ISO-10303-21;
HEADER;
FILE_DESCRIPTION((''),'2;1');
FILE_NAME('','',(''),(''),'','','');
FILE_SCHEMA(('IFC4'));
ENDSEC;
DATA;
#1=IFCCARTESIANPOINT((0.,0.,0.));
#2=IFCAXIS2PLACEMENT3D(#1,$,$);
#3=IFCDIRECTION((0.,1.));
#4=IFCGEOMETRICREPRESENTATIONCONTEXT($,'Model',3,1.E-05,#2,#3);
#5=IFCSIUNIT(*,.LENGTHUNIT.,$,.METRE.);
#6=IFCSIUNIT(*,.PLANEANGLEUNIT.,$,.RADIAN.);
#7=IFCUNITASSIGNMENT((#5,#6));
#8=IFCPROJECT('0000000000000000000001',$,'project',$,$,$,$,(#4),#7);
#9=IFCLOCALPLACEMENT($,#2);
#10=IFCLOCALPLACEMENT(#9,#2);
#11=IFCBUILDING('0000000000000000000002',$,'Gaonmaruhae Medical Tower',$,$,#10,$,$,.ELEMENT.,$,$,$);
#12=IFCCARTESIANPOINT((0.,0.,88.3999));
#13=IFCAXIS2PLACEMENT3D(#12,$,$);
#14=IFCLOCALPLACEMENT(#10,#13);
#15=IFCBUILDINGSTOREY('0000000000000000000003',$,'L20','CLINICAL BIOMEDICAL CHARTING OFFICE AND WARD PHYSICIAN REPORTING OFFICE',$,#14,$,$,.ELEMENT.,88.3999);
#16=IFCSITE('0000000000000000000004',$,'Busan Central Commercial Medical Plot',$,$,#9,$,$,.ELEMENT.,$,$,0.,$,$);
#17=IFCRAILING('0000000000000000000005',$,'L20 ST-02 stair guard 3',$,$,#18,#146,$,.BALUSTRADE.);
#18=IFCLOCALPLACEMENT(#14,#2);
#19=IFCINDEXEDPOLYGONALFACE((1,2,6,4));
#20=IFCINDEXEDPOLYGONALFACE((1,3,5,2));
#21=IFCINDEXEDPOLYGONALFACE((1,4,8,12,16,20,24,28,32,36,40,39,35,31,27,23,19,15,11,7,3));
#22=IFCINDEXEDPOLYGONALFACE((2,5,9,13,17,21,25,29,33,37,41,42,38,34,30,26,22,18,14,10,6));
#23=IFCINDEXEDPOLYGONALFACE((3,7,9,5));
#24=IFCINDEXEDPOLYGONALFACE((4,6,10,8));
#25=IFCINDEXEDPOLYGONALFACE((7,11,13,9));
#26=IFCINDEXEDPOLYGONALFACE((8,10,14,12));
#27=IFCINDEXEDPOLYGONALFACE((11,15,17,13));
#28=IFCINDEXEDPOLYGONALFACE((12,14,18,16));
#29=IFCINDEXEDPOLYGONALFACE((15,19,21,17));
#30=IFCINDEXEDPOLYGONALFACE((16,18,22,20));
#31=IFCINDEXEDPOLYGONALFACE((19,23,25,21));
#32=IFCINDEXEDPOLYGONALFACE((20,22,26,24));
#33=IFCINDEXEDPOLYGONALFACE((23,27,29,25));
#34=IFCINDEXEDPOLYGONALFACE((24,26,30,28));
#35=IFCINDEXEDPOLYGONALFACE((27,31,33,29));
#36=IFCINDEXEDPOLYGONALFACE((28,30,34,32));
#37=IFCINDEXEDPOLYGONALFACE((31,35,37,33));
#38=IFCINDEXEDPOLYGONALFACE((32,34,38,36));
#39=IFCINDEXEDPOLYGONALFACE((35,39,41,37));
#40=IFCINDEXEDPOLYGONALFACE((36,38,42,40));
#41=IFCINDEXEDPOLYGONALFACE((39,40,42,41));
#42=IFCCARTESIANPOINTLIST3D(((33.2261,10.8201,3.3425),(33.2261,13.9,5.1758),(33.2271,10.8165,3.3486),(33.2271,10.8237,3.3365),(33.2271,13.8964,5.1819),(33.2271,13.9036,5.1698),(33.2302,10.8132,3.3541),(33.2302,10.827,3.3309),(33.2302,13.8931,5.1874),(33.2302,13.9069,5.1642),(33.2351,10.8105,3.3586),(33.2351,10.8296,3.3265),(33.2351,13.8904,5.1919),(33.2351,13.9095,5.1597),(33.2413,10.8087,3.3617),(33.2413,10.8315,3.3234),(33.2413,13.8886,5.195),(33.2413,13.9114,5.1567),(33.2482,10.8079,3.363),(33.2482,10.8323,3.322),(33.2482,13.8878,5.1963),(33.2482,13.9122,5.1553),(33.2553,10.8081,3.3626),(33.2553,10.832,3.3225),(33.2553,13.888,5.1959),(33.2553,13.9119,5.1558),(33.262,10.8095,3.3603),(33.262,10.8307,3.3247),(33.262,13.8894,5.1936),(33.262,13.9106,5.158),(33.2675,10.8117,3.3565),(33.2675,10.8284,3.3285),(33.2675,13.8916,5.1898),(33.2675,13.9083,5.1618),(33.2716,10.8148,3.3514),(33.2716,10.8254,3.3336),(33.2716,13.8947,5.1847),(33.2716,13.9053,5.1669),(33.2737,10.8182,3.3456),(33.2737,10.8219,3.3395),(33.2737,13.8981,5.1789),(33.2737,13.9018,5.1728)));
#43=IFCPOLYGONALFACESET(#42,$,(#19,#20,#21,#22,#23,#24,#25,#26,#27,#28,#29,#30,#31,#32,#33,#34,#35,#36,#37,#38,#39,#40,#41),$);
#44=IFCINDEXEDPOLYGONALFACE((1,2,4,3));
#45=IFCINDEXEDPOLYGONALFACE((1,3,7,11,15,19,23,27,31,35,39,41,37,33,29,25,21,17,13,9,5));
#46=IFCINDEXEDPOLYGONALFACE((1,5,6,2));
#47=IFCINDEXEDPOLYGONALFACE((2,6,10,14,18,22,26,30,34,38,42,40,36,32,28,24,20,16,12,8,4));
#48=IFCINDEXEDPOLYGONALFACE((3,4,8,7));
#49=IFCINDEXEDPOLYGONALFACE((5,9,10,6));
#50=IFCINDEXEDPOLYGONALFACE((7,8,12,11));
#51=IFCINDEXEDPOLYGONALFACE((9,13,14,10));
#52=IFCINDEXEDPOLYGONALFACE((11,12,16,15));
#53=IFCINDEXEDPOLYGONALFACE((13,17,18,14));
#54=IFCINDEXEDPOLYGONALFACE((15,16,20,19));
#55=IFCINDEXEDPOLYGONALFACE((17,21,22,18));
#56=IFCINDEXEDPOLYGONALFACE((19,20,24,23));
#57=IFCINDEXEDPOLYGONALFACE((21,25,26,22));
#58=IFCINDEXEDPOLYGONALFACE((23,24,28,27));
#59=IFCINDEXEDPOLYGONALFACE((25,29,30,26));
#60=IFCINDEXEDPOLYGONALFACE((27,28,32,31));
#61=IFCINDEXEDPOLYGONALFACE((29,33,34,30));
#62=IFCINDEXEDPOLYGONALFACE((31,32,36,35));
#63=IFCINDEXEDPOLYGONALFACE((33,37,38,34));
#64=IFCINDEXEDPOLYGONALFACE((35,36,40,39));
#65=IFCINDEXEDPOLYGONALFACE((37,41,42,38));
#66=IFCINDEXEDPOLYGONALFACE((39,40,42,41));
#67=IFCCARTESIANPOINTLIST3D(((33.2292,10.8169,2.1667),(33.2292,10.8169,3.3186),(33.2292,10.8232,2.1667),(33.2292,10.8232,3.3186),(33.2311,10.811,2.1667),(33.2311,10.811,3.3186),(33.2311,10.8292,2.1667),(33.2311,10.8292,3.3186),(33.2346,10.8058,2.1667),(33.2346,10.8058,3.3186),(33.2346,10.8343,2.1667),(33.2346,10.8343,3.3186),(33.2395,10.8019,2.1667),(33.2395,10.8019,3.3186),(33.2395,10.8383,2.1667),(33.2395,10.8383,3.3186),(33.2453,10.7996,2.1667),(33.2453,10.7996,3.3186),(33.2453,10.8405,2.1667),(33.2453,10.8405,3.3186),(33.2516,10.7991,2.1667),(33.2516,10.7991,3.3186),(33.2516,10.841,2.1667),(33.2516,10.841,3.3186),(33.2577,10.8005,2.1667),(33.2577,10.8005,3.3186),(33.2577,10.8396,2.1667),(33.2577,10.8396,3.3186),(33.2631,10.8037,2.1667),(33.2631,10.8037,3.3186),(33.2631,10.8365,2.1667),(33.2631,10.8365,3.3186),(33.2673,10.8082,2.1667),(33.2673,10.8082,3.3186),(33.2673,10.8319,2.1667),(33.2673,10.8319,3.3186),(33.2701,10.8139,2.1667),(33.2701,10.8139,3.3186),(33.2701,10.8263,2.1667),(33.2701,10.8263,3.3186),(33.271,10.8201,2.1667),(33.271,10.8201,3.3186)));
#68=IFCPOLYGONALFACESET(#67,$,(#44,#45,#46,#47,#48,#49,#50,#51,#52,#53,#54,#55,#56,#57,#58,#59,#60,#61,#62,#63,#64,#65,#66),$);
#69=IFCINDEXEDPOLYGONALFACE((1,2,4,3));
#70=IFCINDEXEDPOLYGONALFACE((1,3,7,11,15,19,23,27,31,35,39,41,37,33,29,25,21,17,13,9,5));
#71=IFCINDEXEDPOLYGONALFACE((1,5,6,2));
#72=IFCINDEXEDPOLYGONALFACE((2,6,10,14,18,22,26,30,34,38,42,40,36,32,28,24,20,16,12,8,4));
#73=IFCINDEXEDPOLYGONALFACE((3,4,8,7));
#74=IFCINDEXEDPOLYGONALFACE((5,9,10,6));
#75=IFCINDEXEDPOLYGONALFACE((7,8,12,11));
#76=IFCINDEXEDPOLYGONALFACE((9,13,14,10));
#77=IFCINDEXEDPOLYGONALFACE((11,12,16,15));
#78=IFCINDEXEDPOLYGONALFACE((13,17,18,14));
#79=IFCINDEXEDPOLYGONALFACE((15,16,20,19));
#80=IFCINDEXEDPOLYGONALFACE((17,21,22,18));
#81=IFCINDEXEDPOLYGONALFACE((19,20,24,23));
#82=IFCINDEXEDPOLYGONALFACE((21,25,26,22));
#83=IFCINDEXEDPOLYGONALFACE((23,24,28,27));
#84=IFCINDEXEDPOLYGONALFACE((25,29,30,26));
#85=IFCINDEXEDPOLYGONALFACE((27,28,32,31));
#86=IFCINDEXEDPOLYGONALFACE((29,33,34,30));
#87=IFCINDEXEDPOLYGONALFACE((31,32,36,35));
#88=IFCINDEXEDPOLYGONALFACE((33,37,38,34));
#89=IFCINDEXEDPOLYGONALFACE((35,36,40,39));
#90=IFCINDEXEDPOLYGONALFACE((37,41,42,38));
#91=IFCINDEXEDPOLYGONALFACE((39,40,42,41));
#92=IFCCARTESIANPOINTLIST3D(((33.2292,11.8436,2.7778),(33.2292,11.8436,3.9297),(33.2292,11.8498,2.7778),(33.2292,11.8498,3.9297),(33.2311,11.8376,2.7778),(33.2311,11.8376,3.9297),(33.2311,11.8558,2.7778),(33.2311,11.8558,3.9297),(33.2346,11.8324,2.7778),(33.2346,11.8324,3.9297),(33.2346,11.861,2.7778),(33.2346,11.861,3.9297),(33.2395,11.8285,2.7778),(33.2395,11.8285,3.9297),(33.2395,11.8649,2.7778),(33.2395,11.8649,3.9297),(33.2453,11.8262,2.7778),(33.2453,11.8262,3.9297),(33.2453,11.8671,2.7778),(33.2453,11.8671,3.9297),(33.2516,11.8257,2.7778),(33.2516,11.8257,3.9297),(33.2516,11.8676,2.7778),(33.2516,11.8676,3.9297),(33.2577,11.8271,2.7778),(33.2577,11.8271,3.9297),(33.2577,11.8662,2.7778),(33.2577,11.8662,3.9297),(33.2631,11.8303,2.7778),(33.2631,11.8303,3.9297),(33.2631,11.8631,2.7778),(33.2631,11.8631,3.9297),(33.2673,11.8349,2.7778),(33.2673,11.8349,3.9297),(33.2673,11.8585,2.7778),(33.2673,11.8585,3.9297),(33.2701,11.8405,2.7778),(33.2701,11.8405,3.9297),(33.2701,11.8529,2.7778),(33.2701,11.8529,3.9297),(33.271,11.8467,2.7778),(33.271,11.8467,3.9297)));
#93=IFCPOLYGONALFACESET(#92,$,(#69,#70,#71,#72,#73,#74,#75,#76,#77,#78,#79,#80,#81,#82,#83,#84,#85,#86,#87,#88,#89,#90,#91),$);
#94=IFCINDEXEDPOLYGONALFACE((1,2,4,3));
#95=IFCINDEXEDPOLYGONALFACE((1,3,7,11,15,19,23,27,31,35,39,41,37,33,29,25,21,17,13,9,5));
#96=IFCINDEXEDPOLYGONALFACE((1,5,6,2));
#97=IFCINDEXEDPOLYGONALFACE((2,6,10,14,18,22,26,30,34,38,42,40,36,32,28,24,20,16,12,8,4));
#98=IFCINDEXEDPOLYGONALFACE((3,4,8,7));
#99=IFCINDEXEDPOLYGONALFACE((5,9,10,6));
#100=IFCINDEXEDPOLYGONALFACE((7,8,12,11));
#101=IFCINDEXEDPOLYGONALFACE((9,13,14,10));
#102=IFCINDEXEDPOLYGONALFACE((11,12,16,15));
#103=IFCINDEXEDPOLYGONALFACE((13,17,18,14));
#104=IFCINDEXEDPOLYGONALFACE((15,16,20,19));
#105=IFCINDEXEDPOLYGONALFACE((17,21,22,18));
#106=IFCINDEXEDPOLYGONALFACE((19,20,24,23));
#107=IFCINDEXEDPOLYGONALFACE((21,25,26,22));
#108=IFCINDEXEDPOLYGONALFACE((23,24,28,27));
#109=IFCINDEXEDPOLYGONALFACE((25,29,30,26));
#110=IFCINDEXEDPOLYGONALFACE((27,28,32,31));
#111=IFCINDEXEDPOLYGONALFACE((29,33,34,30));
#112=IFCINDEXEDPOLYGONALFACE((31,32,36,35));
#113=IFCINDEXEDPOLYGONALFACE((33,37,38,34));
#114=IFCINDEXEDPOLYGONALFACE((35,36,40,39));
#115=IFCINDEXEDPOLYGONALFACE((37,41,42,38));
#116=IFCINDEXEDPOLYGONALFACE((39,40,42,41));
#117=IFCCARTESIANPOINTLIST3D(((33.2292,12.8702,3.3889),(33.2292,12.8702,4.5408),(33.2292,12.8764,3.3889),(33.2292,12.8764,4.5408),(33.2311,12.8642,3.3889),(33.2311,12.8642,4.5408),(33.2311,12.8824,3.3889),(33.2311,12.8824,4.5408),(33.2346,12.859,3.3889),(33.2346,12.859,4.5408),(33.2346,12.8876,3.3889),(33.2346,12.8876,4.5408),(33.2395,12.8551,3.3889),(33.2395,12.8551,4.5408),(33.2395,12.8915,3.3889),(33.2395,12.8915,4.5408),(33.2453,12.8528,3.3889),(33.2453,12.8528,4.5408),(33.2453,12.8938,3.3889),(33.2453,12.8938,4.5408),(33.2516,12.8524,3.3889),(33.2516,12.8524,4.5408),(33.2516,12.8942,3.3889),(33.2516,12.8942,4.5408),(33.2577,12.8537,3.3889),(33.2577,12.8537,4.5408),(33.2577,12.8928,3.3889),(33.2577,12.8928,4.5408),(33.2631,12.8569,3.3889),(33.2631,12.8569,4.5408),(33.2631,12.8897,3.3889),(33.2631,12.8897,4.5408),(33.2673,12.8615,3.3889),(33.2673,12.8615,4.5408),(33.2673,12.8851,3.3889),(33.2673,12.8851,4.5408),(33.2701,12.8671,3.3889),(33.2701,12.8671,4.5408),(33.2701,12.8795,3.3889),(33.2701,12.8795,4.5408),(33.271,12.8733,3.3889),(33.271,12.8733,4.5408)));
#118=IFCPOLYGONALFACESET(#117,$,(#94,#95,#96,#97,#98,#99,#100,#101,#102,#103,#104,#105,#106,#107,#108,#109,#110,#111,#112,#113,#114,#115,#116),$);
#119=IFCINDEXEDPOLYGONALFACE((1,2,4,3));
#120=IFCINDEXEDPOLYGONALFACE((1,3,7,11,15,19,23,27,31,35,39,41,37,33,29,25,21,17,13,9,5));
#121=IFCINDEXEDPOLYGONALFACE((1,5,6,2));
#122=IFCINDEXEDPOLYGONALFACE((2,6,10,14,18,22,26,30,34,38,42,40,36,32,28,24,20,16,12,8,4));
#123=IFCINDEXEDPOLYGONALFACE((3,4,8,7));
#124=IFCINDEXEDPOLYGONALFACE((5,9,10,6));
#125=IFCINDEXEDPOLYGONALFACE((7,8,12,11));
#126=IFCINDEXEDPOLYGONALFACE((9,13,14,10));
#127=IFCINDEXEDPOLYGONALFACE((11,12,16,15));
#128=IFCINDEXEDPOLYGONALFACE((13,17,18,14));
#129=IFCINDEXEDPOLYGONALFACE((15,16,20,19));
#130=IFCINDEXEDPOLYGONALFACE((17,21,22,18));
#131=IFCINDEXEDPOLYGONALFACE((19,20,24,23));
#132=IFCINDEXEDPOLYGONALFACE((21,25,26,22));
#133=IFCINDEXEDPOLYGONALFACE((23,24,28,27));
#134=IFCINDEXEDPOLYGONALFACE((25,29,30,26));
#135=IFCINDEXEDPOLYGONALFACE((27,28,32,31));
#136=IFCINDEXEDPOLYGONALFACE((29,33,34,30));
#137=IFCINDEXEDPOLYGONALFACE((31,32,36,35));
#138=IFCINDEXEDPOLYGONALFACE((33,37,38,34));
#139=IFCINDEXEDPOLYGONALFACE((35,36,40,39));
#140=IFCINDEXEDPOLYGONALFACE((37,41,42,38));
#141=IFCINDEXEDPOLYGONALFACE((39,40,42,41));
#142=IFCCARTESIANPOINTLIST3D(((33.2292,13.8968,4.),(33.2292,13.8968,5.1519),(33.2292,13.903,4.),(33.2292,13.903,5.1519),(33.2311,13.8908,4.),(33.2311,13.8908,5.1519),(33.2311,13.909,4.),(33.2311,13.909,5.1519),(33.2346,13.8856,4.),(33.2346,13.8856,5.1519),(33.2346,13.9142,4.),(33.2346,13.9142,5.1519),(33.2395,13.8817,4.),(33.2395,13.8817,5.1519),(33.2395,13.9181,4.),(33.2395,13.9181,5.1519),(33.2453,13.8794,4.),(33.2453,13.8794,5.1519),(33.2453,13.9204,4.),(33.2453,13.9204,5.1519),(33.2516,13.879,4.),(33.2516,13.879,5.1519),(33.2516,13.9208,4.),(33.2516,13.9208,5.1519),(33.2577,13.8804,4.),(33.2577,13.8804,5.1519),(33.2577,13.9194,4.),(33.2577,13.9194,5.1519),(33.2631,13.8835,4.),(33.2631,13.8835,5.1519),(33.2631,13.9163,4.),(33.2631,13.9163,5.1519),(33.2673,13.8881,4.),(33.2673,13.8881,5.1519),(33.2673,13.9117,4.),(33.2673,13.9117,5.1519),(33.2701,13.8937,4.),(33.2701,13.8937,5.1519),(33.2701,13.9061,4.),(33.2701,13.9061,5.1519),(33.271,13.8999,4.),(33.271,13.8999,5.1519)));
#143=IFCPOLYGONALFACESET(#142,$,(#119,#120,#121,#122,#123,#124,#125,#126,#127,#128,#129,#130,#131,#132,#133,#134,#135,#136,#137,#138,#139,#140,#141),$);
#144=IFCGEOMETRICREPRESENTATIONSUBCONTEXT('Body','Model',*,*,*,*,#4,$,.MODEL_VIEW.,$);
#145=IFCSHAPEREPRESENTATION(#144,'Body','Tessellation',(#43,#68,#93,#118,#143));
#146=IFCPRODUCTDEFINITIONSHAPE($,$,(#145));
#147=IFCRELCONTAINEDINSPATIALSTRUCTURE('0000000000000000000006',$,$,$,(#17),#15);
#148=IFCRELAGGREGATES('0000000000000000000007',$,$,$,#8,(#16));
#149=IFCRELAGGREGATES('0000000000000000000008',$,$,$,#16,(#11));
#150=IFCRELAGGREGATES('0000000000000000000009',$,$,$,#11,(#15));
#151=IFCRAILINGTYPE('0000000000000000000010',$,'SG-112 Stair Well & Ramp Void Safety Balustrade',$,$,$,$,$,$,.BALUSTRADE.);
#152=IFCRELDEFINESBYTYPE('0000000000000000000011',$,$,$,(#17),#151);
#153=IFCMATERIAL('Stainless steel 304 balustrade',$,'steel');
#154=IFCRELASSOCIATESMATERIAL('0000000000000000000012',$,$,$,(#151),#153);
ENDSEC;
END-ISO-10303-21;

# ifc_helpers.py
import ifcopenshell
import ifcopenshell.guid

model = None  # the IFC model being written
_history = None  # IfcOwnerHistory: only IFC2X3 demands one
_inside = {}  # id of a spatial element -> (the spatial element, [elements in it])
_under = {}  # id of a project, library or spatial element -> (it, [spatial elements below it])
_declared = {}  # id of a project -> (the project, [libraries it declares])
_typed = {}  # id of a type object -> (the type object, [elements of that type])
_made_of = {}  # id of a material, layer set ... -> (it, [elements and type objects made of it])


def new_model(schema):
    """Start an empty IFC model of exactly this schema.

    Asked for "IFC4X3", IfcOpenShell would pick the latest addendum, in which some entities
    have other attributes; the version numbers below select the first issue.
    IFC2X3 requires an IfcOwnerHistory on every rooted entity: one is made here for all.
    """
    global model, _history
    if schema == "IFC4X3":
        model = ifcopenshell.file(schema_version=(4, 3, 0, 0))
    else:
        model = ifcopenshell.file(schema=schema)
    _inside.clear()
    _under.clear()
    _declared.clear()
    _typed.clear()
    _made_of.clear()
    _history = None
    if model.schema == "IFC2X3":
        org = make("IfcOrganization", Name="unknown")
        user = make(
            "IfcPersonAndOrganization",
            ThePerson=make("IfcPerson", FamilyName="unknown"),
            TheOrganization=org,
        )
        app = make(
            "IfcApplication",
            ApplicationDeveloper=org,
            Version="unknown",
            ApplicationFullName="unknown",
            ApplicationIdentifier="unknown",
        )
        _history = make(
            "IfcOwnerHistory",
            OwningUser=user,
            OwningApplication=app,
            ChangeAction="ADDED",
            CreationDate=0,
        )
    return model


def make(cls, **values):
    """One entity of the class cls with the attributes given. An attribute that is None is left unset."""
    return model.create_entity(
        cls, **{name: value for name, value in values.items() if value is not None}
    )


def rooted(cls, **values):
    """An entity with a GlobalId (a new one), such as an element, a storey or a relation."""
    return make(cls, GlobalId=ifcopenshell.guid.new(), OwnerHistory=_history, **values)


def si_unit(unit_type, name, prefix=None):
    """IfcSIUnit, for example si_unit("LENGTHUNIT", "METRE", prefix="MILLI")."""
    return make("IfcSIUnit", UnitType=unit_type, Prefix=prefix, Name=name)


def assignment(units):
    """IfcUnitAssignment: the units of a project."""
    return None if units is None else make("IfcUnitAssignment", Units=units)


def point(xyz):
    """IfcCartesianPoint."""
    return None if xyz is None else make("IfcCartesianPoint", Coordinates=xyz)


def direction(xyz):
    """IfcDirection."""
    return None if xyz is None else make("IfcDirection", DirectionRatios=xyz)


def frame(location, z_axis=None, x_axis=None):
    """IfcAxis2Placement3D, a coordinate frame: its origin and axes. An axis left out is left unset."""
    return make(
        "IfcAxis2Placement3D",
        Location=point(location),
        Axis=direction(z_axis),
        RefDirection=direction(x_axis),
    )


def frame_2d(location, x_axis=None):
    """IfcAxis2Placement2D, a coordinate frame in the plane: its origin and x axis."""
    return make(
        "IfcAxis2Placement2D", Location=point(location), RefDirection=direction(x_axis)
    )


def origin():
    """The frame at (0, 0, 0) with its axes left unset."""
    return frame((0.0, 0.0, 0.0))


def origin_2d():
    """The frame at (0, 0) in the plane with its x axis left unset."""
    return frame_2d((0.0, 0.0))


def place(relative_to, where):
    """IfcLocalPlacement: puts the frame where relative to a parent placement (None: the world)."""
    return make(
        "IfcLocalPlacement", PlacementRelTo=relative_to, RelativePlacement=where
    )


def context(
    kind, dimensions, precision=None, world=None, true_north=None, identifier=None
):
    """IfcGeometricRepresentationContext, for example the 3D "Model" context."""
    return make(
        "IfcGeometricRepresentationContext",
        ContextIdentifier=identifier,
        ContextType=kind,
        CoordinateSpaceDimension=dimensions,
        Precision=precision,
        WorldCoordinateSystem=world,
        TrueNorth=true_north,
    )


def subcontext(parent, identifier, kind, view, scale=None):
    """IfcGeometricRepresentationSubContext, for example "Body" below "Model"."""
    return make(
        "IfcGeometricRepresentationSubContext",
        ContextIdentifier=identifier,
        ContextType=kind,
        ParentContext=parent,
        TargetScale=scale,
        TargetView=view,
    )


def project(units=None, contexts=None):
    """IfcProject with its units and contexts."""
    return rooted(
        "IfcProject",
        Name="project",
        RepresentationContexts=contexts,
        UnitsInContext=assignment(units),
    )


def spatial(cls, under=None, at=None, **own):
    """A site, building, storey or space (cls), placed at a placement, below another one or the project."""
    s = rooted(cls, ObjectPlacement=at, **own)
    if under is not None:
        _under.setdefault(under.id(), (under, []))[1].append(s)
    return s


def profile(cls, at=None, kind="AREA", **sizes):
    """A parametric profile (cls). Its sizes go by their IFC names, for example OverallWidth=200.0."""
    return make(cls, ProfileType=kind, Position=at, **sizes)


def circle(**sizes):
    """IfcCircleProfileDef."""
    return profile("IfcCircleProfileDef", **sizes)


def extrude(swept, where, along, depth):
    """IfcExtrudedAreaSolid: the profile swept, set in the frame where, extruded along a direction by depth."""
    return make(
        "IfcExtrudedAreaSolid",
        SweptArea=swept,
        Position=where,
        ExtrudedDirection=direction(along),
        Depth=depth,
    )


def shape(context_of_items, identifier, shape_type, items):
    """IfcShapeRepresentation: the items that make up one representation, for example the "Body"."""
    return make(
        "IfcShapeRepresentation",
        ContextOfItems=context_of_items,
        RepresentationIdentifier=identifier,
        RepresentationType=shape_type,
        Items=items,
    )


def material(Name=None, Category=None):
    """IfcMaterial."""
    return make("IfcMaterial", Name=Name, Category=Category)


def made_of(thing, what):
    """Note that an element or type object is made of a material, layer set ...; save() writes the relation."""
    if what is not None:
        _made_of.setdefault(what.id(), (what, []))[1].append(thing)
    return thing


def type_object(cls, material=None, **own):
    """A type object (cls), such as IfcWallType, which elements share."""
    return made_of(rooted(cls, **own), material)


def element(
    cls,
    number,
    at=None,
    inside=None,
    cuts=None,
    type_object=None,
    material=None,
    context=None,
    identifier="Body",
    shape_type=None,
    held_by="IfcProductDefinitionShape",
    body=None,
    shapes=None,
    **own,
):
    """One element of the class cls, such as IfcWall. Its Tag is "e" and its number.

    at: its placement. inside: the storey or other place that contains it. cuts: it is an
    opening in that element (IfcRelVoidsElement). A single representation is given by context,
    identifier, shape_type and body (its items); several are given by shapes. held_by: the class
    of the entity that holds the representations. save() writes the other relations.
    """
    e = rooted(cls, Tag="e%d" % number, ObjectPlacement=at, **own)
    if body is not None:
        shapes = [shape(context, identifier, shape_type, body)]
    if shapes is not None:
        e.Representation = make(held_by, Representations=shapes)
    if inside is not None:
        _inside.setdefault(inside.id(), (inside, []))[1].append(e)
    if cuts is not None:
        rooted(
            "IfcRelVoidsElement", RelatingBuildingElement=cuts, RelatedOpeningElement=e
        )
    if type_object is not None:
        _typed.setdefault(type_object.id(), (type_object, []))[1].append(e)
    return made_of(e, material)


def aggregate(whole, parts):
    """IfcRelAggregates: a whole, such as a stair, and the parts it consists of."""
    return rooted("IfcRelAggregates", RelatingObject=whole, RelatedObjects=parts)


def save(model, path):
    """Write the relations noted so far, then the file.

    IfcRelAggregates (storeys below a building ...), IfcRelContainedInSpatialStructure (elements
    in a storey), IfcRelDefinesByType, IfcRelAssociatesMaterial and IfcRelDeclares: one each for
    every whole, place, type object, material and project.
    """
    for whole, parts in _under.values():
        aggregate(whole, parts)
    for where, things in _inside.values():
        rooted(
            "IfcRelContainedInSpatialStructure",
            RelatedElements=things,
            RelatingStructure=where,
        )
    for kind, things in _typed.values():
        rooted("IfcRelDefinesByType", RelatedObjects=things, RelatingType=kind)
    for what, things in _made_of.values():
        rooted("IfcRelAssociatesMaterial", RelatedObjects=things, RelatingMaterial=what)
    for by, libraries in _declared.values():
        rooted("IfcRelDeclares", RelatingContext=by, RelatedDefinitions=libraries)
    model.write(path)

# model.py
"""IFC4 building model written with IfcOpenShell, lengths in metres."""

from ifc_helpers import new_model, si_unit, direction, frame, origin, origin_2d, place, context, subcontext, project, spatial, circle, extrude, material, type_object, element, save


model = new_model("IFC4")

# Units and contexts
model_context = context("Model", 3, precision=1e-05, world=origin(), true_north=direction((0.0, 1.0)))
body_context = subcontext(model_context, "Body", "Model", "MODEL_VIEW")
ifc_project = project(units=[si_unit("LENGTHUNIT", "METRE"), si_unit("PLANEANGLEUNIT", "RADIAN")], contexts=[model_context])

# Site, building, storey
site_placement = place(None, origin())
site = spatial("IfcSite", under=ifc_project, at=site_placement, Name="Busan Central Commercial Medical Plot", CompositionType="ELEMENT", RefElevation=0.0)
building_placement = place(site_placement, origin())
building = spatial("IfcBuilding", under=site, at=building_placement, Name="Gaonmaruhae Medical Tower", CompositionType="ELEMENT")
storey_placement = place(building_placement, frame((0.0, 0.0, 88.3999)))
storey = spatial("IfcBuildingStorey", under=building, at=storey_placement, Name="L20", Description="CLINICAL BIOMEDICAL CHARTING OFFICE AND WARD PHYSICIAN REPORTING OFFICE", CompositionType="ELEMENT", Elevation=88.3999)

# Railing
ifc_material_1 = material(Name="Stainless steel 304 balustrade", Category="steel")
railing_type_1 = type_object("IfcRailingType", Name="SG-112 Stair Well & Ramp Void Safety Balustrade", PredefinedType="BALUSTRADE", material=ifc_material_1)
railing_1_placement = place(storey_placement, frame((33.25, 10.8201, 2.1667)))
element("IfcRailing", 1, at=railing_1_placement, inside=storey, type_object=railing_type_1, Name="L20 ST-02 stair guard 3", PredefinedType="BALUSTRADE", context=body_context, shape_type="SweptSolid", body=[
    extrude(circle(Radius=0.0239, at=origin_2d()), frame((0.0, 0.0, 1.1758), z_axis=(0.0, 0.859291, 0.511487), x_axis=(-1.0, 0.0, 0.0)), (0.0, 0.0, 1.0), 3.5842),
    extrude(circle(Radius=0.021, at=origin_2d()), origin(), (0.0, 0.0, 1.0), 1.1519),
    extrude(circle(Radius=0.021, at=origin_2d()), frame((0.0, 1.0266, 0.6111)), (0.0, 0.0, 1.0), 1.1519),
    extrude(circle(Radius=0.021, at=origin_2d()), frame((0.0, 2.0532, 1.2222)), (0.0, 0.0, 1.0), 1.1519),
    extrude(circle(Radius=0.021, at=origin_2d()), frame((0.0, 3.0798, 1.8333)), (0.0, 0.0, 1.0), 1.1519),
])

save(model, "model.ifc")
